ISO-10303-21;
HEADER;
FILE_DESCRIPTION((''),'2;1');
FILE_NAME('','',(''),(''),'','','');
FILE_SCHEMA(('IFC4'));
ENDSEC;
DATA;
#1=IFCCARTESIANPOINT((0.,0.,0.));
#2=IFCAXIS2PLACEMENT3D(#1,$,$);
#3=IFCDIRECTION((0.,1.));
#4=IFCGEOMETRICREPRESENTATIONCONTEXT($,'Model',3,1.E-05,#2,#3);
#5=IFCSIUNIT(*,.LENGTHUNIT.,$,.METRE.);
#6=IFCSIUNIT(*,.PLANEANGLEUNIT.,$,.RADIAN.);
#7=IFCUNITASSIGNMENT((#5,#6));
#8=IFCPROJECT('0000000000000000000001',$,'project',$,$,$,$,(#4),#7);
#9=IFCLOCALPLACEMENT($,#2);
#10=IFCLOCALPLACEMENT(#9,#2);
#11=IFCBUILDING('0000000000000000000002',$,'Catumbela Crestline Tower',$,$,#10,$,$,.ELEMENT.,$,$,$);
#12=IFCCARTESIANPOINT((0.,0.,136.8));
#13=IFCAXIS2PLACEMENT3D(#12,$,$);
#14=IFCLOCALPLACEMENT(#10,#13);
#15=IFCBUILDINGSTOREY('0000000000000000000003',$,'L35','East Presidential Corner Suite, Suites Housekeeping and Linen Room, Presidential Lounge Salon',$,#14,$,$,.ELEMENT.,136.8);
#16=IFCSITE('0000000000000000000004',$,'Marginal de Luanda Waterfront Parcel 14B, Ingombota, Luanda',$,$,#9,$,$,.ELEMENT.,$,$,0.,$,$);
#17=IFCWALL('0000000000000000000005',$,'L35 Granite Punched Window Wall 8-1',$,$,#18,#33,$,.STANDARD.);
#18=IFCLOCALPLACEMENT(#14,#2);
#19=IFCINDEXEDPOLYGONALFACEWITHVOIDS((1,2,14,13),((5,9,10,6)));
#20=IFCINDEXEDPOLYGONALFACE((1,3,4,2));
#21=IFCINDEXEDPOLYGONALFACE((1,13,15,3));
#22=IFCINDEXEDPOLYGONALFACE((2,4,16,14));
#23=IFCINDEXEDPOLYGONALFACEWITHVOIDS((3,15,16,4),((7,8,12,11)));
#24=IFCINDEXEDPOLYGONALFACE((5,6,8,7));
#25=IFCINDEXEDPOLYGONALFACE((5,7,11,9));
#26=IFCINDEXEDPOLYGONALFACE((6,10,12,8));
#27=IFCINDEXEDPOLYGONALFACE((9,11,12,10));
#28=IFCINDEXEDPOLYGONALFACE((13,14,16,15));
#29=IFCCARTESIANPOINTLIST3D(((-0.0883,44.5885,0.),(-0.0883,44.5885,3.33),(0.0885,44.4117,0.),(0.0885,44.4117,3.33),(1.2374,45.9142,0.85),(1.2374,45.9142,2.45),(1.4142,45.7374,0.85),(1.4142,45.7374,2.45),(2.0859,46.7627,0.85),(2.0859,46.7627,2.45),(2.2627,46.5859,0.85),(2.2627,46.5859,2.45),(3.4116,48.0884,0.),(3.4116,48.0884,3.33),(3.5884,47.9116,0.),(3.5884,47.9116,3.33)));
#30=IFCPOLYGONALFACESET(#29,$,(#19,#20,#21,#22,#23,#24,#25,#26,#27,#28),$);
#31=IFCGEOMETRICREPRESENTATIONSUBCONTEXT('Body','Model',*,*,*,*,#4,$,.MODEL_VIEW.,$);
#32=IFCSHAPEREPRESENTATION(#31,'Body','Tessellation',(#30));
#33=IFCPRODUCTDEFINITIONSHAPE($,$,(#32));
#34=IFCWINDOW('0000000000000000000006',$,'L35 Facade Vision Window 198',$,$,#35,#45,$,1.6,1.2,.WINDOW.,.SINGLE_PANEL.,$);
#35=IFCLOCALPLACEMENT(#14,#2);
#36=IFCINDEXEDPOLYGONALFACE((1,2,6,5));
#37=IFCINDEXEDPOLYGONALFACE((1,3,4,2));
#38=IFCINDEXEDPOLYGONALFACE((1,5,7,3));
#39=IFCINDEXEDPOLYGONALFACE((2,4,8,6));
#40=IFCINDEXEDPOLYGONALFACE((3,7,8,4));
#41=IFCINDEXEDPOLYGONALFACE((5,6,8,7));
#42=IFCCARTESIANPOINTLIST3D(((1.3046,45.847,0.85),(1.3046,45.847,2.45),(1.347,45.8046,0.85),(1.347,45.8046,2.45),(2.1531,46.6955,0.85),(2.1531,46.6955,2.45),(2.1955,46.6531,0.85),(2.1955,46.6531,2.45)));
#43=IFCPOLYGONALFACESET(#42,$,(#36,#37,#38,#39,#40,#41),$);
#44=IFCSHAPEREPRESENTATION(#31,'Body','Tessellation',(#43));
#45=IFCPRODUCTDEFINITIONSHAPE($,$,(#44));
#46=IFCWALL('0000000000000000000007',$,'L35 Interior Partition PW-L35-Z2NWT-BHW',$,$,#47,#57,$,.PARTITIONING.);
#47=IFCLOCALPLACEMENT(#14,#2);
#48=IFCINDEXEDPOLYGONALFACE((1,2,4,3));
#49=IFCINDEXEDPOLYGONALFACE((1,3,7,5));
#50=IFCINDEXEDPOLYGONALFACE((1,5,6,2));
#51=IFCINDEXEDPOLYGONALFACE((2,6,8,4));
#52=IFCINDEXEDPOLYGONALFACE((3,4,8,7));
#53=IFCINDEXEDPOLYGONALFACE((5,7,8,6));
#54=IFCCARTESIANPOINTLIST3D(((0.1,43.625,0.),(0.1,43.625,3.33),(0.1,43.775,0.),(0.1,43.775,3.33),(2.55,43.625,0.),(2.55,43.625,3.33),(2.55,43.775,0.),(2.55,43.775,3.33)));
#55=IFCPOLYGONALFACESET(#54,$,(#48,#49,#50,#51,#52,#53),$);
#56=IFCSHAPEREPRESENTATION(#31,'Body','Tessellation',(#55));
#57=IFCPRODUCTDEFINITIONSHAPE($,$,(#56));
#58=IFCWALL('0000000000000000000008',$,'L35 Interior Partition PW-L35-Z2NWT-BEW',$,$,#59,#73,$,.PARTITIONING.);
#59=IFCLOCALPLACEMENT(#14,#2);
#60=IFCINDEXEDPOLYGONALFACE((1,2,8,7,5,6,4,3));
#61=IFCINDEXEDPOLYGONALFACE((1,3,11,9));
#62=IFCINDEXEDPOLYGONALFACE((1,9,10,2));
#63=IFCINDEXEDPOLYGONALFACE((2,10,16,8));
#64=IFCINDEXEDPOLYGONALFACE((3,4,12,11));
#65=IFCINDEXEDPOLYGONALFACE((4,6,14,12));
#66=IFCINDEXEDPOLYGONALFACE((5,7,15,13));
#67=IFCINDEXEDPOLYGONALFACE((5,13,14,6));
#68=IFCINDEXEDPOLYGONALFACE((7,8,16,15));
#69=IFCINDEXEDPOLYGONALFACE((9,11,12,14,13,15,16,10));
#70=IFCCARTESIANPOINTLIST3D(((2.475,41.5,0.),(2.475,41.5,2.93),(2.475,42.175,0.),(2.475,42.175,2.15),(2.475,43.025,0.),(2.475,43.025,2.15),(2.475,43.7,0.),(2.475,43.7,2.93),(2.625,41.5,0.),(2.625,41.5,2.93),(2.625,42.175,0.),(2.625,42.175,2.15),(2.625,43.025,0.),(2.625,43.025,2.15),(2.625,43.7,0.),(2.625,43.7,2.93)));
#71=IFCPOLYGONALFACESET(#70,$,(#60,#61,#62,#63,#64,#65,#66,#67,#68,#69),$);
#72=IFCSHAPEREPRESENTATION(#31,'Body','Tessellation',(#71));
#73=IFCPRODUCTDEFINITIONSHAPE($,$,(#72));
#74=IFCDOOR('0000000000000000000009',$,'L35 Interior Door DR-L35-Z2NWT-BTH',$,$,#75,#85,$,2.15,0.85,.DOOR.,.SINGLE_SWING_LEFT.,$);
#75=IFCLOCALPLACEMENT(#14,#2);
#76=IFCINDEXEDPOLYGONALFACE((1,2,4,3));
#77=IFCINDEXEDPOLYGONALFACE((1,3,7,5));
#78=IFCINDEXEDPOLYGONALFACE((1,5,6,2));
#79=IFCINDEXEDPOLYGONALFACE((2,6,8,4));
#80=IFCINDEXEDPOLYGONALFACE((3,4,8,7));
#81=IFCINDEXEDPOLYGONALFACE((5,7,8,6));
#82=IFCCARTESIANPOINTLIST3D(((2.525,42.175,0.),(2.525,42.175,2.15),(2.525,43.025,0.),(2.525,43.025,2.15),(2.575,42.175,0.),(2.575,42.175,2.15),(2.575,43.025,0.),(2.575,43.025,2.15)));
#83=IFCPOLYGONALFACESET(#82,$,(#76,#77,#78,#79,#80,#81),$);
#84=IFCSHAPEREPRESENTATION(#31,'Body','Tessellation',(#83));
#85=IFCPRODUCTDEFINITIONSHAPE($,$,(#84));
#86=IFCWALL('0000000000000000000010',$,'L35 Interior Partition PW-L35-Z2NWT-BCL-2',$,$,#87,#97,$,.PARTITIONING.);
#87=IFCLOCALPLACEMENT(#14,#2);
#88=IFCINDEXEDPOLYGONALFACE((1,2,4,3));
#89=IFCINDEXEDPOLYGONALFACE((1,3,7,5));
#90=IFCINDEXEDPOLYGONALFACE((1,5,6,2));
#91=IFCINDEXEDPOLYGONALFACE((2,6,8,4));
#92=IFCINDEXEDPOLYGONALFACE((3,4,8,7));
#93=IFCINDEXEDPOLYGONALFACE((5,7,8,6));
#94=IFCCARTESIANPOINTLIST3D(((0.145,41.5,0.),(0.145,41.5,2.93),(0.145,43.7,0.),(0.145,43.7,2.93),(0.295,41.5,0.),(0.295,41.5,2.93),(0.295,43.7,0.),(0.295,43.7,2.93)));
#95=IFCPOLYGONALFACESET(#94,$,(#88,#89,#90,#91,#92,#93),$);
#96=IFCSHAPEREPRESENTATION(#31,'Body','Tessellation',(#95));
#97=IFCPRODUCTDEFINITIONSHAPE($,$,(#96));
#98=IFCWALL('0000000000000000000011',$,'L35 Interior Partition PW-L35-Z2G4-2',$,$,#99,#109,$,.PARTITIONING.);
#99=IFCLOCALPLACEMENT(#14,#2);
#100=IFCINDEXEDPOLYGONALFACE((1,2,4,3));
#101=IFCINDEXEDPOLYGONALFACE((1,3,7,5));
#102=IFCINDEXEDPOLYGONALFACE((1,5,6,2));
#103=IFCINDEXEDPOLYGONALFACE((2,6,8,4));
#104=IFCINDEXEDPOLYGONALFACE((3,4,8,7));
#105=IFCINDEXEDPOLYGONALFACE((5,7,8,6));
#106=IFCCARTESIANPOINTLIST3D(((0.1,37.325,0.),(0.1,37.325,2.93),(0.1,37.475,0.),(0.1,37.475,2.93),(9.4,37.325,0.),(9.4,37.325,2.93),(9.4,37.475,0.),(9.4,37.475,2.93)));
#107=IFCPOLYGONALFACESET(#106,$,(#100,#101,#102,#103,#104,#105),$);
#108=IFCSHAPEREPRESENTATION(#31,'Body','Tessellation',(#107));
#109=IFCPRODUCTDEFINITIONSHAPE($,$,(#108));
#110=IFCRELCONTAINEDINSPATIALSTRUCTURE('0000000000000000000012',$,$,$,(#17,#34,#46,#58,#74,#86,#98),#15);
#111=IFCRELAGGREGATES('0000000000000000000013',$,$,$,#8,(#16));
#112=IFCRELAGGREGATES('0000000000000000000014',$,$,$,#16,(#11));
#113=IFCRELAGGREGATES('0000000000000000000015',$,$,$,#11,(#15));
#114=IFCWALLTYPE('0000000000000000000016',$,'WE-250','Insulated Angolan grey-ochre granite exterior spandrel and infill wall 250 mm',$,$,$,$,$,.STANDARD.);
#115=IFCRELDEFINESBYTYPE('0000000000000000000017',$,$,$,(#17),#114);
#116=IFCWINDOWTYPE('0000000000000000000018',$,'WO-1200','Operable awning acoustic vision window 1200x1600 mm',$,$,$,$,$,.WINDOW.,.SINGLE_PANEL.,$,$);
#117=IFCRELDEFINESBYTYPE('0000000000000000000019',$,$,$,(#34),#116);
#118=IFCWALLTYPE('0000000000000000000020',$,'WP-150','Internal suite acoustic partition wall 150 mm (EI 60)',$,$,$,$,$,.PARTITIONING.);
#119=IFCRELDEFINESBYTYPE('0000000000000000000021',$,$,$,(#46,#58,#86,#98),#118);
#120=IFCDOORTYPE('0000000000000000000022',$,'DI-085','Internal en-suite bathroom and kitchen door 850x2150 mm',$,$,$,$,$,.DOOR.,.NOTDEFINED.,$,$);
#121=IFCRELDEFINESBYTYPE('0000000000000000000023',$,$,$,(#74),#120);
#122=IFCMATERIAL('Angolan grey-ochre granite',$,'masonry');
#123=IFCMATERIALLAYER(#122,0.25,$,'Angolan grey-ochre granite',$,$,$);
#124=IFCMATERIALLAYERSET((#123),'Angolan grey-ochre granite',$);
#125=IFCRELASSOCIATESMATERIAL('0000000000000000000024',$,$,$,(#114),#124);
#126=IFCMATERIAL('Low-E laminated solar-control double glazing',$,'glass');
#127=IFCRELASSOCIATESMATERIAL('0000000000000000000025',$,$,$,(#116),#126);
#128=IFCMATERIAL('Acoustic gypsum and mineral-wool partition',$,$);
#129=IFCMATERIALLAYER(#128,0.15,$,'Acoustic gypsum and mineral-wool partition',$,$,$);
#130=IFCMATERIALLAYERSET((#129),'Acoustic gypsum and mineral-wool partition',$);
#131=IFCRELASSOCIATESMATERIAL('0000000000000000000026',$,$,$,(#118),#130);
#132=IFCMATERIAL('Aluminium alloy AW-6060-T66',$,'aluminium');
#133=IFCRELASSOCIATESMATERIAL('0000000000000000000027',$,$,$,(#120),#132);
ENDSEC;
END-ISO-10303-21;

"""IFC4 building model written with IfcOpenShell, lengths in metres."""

from ifc_helpers import new_model, si_unit, direction, frame, frame_2d, origin, place, context, subcontext, project, spatial, rectangle, extrude, material, layer, layer_set, type_object, element, fill, save


model = new_model("IFC4")

# Units and contexts
model_context = context("Model", 3, precision=1e-05, world=origin(), true_north=direction((0.0, 1.0)))
body_context = subcontext(model_context, "Body", "Model", "MODEL_VIEW")
ifc_project = project(units=[si_unit("LENGTHUNIT", "METRE"), si_unit("PLANEANGLEUNIT", "RADIAN")], contexts=[model_context])

# Site, building, storey
site_placement = place(None, origin())
site = spatial("IfcSite", under=ifc_project, at=site_placement, Name="Marginal de Luanda Waterfront Parcel 14B, Ingombota, Luanda", CompositionType="ELEMENT", RefElevation=0.0)
building_placement = place(site_placement, origin())
building = spatial("IfcBuilding", under=site, at=building_placement, Name="Catumbela Crestline Tower", CompositionType="ELEMENT")
storey_placement = place(building_placement, frame((0.0, 0.0, 136.8)))
storey = spatial("IfcBuildingStorey", under=building, at=storey_placement, Name="L35", Description="East Presidential Corner Suite, Suites Housekeeping and Linen Room, Presidential Lounge Salon", CompositionType="ELEMENT", Elevation=136.8)

# Shared definitions
ifc_material_1 = material(Name="Aluminium alloy AW-6060-T66", Category="aluminium")

# Shared definitions
ifc_material_2 = material(Name="Low-E laminated solar-control double glazing", Category="glass")

# Shared definitions
ifc_material_3 = material(Name="Acoustic gypsum and mineral-wool partition")

# Wall, opening, window
ifc_material_4 = material(Name="Angolan grey-ochre granite", Category="masonry")
ifc_layer_1 = layer(ifc_material_4, 0.25, Name="Angolan grey-ochre granite")
ifc_layer_set_1 = layer_set([ifc_layer_1], Name="Angolan grey-ochre granite")
wall_type_1 = type_object("IfcWallType", Name="WE-250", Description="Insulated Angolan grey-ochre granite exterior spandrel and infill wall 250 mm", PredefinedType="STANDARD", material=ifc_layer_set_1)
wall_1_placement = place(storey_placement, frame((3.5, 48.0, 0.0), z_axis=(0.0, 0.0, 1.0), x_axis=(-0.707107, -0.707107, 0.0)))
wall_1 = element("IfcWall", 1, at=wall_1_placement, inside=storey, type_object=wall_type_1, Name="L35 Granite Punched Window Wall 8-1", PredefinedType="STANDARD", context=body_context, shape_type="SweptSolid", body=[
    extrude(rectangle(XDim=4.9497, YDim=0.25, at=frame_2d((2.4748, 0.0))), origin(), (0.0, 0.0, 1.0), 3.33),
])
opening_1_placement = place(wall_1_placement, frame((1.8748, 0.0, 0.85)))
opening_1 = element("IfcOpeningElement", 2, at=opening_1_placement, cuts=wall_1, PredefinedType="OPENING", context=body_context, shape_type="SweptSolid", body=[
    extrude(rectangle(XDim=1.2, YDim=1.6, at=frame_2d((0.6, 0.8))), frame((0.0, 0.135, 0.0), z_axis=(0.0, -1.0, 0.0), x_axis=(1.0, 0.0, 0.0)), (0.0, 0.0, 1.0), 0.27),
])
window_type = type_object("IfcWindowType", Name="WO-1200", Description="Operable awning acoustic vision window 1200x1600 mm", PartitioningType="SINGLE_PANEL", PredefinedType="WINDOW", material=ifc_material_2)
window_placement = place(opening_1_placement, origin())
window = element("IfcWindow", 3, at=window_placement, inside=storey, type_object=window_type, Name="L35 Facade Vision Window 198", OverallHeight=1.6, OverallWidth=1.2, PartitioningType="SINGLE_PANEL", PredefinedType="WINDOW", context=body_context, shape_type="SweptSolid", body=[
    extrude(rectangle(XDim=1.2, YDim=1.6, at=frame_2d((0.6, 0.8))), frame((0.0, 0.03, 0.0), z_axis=(0.0, -1.0, 0.0), x_axis=(1.0, 0.0, 0.0)), (0.0, 0.0, 1.0), 0.06),
])
fill(opening_1, window)

# Wall
ifc_layer_2 = layer(ifc_material_3, 0.15, Name="Acoustic gypsum and mineral-wool partition")
ifc_layer_set_2 = layer_set([ifc_layer_2], Name="Acoustic gypsum and mineral-wool partition")
wall_type_2 = type_object("IfcWallType", Name="WP-150", Description="Internal suite acoustic partition wall 150 mm (EI 60)", PredefinedType="PARTITIONING", material=ifc_layer_set_2)
wall_2_placement = place(storey_placement, frame((0.1, 43.7, 0.0), z_axis=(0.0, 0.0, 1.0), x_axis=(1.0, 0.0, 0.0)))
element("IfcWall", 4, at=wall_2_placement, inside=storey, type_object=wall_type_2, Name="L35 Interior Partition PW-L35-Z2NWT-BHW", PredefinedType="PARTITIONING", context=body_context, shape_type="SweptSolid", body=[
    extrude(rectangle(XDim=2.45, YDim=0.15, at=frame_2d((1.225, 0.0))), origin(), (0.0, 0.0, 1.0), 3.33),
])

# Wall, opening, door
wall_3_placement = place(storey_placement, frame((2.55, 41.5, 0.0), z_axis=(0.0, 0.0, 1.0), x_axis=(0.0, 1.0, 0.0)))
wall_3 = element("IfcWall", 5, at=wall_3_placement, inside=storey, type_object=wall_type_2, Name="L35 Interior Partition PW-L35-Z2NWT-BEW", PredefinedType="PARTITIONING", context=body_context, shape_type="SweptSolid", body=[
    extrude(rectangle(XDim=2.2, YDim=0.15, at=frame_2d((1.1, 0.0))), origin(), (0.0, 0.0, 1.0), 2.93),
])
opening_2_placement = place(wall_3_placement, frame((0.675, 0.0, 0.0)))
opening_2 = element("IfcOpeningElement", 6, at=opening_2_placement, cuts=wall_3, PredefinedType="OPENING", context=body_context, shape_type="SweptSolid", body=[
    extrude(rectangle(XDim=0.85, YDim=2.15, at=frame_2d((0.425, 1.075))), frame((0.0, 0.085, 0.0), z_axis=(0.0, -1.0, 0.0), x_axis=(1.0, 0.0, 0.0)), (0.0, 0.0, 1.0), 0.17),
])
door_type_1 = type_object("IfcDoorType", Name="DI-085", Description="Internal en-suite bathroom and kitchen door 850x2150 mm", OperationType="NOTDEFINED", PredefinedType="DOOR", material=ifc_material_1)
door_1_placement = place(opening_2_placement, origin())
door_1 = element("IfcDoor", 7, at=door_1_placement, inside=storey, type_object=door_type_1, Name="L35 Interior Door DR-L35-Z2NWT-BTH", OperationType="SINGLE_SWING_LEFT", OverallHeight=2.15, OverallWidth=0.85, PredefinedType="DOOR", context=body_context, shape_type="SweptSolid", body=[
    extrude(rectangle(XDim=0.85, YDim=2.15, at=frame_2d((0.425, 1.075))), frame((0.0, 0.025, 0.0), z_axis=(0.0, -1.0, 0.0), x_axis=(1.0, 0.0, 0.0)), (0.0, 0.0, 1.0), 0.05),
])
fill(opening_2, door_1)

# Walls
wall_4_placement = place(storey_placement, frame((0.22, 41.5, 0.0), z_axis=(0.0, 0.0, 1.0), x_axis=(0.0, 1.0, 0.0)))
element("IfcWall", 8, at=wall_4_placement, inside=storey, type_object=wall_type_2, Name="L35 Interior Partition PW-L35-Z2NWT-BCL-2", PredefinedType="PARTITIONING", context=body_context, shape_type="SweptSolid", body=[
    extrude(rectangle(XDim=2.2, YDim=0.15, at=frame_2d((1.1, 0.0))), origin(), (0.0, 0.0, 1.0), 2.93),
])
wall_5_placement = place(storey_placement, frame((0.1, 37.4, 0.0), z_axis=(0.0, 0.0, 1.0), x_axis=(1.0, 0.0, 0.0)))
element("IfcWall", 9, at=wall_5_placement, inside=storey, type_object=wall_type_2, Name="L35 Interior Partition PW-L35-Z2G4-2", PredefinedType="PARTITIONING", context=body_context, shape_type="SweptSolid", body=[
    extrude(rectangle(XDim=9.3, YDim=0.15, at=frame_2d((4.65, 0.0))), origin(), (0.0, 0.0, 1.0), 2.93),
])

save(model, "model.ifc")
